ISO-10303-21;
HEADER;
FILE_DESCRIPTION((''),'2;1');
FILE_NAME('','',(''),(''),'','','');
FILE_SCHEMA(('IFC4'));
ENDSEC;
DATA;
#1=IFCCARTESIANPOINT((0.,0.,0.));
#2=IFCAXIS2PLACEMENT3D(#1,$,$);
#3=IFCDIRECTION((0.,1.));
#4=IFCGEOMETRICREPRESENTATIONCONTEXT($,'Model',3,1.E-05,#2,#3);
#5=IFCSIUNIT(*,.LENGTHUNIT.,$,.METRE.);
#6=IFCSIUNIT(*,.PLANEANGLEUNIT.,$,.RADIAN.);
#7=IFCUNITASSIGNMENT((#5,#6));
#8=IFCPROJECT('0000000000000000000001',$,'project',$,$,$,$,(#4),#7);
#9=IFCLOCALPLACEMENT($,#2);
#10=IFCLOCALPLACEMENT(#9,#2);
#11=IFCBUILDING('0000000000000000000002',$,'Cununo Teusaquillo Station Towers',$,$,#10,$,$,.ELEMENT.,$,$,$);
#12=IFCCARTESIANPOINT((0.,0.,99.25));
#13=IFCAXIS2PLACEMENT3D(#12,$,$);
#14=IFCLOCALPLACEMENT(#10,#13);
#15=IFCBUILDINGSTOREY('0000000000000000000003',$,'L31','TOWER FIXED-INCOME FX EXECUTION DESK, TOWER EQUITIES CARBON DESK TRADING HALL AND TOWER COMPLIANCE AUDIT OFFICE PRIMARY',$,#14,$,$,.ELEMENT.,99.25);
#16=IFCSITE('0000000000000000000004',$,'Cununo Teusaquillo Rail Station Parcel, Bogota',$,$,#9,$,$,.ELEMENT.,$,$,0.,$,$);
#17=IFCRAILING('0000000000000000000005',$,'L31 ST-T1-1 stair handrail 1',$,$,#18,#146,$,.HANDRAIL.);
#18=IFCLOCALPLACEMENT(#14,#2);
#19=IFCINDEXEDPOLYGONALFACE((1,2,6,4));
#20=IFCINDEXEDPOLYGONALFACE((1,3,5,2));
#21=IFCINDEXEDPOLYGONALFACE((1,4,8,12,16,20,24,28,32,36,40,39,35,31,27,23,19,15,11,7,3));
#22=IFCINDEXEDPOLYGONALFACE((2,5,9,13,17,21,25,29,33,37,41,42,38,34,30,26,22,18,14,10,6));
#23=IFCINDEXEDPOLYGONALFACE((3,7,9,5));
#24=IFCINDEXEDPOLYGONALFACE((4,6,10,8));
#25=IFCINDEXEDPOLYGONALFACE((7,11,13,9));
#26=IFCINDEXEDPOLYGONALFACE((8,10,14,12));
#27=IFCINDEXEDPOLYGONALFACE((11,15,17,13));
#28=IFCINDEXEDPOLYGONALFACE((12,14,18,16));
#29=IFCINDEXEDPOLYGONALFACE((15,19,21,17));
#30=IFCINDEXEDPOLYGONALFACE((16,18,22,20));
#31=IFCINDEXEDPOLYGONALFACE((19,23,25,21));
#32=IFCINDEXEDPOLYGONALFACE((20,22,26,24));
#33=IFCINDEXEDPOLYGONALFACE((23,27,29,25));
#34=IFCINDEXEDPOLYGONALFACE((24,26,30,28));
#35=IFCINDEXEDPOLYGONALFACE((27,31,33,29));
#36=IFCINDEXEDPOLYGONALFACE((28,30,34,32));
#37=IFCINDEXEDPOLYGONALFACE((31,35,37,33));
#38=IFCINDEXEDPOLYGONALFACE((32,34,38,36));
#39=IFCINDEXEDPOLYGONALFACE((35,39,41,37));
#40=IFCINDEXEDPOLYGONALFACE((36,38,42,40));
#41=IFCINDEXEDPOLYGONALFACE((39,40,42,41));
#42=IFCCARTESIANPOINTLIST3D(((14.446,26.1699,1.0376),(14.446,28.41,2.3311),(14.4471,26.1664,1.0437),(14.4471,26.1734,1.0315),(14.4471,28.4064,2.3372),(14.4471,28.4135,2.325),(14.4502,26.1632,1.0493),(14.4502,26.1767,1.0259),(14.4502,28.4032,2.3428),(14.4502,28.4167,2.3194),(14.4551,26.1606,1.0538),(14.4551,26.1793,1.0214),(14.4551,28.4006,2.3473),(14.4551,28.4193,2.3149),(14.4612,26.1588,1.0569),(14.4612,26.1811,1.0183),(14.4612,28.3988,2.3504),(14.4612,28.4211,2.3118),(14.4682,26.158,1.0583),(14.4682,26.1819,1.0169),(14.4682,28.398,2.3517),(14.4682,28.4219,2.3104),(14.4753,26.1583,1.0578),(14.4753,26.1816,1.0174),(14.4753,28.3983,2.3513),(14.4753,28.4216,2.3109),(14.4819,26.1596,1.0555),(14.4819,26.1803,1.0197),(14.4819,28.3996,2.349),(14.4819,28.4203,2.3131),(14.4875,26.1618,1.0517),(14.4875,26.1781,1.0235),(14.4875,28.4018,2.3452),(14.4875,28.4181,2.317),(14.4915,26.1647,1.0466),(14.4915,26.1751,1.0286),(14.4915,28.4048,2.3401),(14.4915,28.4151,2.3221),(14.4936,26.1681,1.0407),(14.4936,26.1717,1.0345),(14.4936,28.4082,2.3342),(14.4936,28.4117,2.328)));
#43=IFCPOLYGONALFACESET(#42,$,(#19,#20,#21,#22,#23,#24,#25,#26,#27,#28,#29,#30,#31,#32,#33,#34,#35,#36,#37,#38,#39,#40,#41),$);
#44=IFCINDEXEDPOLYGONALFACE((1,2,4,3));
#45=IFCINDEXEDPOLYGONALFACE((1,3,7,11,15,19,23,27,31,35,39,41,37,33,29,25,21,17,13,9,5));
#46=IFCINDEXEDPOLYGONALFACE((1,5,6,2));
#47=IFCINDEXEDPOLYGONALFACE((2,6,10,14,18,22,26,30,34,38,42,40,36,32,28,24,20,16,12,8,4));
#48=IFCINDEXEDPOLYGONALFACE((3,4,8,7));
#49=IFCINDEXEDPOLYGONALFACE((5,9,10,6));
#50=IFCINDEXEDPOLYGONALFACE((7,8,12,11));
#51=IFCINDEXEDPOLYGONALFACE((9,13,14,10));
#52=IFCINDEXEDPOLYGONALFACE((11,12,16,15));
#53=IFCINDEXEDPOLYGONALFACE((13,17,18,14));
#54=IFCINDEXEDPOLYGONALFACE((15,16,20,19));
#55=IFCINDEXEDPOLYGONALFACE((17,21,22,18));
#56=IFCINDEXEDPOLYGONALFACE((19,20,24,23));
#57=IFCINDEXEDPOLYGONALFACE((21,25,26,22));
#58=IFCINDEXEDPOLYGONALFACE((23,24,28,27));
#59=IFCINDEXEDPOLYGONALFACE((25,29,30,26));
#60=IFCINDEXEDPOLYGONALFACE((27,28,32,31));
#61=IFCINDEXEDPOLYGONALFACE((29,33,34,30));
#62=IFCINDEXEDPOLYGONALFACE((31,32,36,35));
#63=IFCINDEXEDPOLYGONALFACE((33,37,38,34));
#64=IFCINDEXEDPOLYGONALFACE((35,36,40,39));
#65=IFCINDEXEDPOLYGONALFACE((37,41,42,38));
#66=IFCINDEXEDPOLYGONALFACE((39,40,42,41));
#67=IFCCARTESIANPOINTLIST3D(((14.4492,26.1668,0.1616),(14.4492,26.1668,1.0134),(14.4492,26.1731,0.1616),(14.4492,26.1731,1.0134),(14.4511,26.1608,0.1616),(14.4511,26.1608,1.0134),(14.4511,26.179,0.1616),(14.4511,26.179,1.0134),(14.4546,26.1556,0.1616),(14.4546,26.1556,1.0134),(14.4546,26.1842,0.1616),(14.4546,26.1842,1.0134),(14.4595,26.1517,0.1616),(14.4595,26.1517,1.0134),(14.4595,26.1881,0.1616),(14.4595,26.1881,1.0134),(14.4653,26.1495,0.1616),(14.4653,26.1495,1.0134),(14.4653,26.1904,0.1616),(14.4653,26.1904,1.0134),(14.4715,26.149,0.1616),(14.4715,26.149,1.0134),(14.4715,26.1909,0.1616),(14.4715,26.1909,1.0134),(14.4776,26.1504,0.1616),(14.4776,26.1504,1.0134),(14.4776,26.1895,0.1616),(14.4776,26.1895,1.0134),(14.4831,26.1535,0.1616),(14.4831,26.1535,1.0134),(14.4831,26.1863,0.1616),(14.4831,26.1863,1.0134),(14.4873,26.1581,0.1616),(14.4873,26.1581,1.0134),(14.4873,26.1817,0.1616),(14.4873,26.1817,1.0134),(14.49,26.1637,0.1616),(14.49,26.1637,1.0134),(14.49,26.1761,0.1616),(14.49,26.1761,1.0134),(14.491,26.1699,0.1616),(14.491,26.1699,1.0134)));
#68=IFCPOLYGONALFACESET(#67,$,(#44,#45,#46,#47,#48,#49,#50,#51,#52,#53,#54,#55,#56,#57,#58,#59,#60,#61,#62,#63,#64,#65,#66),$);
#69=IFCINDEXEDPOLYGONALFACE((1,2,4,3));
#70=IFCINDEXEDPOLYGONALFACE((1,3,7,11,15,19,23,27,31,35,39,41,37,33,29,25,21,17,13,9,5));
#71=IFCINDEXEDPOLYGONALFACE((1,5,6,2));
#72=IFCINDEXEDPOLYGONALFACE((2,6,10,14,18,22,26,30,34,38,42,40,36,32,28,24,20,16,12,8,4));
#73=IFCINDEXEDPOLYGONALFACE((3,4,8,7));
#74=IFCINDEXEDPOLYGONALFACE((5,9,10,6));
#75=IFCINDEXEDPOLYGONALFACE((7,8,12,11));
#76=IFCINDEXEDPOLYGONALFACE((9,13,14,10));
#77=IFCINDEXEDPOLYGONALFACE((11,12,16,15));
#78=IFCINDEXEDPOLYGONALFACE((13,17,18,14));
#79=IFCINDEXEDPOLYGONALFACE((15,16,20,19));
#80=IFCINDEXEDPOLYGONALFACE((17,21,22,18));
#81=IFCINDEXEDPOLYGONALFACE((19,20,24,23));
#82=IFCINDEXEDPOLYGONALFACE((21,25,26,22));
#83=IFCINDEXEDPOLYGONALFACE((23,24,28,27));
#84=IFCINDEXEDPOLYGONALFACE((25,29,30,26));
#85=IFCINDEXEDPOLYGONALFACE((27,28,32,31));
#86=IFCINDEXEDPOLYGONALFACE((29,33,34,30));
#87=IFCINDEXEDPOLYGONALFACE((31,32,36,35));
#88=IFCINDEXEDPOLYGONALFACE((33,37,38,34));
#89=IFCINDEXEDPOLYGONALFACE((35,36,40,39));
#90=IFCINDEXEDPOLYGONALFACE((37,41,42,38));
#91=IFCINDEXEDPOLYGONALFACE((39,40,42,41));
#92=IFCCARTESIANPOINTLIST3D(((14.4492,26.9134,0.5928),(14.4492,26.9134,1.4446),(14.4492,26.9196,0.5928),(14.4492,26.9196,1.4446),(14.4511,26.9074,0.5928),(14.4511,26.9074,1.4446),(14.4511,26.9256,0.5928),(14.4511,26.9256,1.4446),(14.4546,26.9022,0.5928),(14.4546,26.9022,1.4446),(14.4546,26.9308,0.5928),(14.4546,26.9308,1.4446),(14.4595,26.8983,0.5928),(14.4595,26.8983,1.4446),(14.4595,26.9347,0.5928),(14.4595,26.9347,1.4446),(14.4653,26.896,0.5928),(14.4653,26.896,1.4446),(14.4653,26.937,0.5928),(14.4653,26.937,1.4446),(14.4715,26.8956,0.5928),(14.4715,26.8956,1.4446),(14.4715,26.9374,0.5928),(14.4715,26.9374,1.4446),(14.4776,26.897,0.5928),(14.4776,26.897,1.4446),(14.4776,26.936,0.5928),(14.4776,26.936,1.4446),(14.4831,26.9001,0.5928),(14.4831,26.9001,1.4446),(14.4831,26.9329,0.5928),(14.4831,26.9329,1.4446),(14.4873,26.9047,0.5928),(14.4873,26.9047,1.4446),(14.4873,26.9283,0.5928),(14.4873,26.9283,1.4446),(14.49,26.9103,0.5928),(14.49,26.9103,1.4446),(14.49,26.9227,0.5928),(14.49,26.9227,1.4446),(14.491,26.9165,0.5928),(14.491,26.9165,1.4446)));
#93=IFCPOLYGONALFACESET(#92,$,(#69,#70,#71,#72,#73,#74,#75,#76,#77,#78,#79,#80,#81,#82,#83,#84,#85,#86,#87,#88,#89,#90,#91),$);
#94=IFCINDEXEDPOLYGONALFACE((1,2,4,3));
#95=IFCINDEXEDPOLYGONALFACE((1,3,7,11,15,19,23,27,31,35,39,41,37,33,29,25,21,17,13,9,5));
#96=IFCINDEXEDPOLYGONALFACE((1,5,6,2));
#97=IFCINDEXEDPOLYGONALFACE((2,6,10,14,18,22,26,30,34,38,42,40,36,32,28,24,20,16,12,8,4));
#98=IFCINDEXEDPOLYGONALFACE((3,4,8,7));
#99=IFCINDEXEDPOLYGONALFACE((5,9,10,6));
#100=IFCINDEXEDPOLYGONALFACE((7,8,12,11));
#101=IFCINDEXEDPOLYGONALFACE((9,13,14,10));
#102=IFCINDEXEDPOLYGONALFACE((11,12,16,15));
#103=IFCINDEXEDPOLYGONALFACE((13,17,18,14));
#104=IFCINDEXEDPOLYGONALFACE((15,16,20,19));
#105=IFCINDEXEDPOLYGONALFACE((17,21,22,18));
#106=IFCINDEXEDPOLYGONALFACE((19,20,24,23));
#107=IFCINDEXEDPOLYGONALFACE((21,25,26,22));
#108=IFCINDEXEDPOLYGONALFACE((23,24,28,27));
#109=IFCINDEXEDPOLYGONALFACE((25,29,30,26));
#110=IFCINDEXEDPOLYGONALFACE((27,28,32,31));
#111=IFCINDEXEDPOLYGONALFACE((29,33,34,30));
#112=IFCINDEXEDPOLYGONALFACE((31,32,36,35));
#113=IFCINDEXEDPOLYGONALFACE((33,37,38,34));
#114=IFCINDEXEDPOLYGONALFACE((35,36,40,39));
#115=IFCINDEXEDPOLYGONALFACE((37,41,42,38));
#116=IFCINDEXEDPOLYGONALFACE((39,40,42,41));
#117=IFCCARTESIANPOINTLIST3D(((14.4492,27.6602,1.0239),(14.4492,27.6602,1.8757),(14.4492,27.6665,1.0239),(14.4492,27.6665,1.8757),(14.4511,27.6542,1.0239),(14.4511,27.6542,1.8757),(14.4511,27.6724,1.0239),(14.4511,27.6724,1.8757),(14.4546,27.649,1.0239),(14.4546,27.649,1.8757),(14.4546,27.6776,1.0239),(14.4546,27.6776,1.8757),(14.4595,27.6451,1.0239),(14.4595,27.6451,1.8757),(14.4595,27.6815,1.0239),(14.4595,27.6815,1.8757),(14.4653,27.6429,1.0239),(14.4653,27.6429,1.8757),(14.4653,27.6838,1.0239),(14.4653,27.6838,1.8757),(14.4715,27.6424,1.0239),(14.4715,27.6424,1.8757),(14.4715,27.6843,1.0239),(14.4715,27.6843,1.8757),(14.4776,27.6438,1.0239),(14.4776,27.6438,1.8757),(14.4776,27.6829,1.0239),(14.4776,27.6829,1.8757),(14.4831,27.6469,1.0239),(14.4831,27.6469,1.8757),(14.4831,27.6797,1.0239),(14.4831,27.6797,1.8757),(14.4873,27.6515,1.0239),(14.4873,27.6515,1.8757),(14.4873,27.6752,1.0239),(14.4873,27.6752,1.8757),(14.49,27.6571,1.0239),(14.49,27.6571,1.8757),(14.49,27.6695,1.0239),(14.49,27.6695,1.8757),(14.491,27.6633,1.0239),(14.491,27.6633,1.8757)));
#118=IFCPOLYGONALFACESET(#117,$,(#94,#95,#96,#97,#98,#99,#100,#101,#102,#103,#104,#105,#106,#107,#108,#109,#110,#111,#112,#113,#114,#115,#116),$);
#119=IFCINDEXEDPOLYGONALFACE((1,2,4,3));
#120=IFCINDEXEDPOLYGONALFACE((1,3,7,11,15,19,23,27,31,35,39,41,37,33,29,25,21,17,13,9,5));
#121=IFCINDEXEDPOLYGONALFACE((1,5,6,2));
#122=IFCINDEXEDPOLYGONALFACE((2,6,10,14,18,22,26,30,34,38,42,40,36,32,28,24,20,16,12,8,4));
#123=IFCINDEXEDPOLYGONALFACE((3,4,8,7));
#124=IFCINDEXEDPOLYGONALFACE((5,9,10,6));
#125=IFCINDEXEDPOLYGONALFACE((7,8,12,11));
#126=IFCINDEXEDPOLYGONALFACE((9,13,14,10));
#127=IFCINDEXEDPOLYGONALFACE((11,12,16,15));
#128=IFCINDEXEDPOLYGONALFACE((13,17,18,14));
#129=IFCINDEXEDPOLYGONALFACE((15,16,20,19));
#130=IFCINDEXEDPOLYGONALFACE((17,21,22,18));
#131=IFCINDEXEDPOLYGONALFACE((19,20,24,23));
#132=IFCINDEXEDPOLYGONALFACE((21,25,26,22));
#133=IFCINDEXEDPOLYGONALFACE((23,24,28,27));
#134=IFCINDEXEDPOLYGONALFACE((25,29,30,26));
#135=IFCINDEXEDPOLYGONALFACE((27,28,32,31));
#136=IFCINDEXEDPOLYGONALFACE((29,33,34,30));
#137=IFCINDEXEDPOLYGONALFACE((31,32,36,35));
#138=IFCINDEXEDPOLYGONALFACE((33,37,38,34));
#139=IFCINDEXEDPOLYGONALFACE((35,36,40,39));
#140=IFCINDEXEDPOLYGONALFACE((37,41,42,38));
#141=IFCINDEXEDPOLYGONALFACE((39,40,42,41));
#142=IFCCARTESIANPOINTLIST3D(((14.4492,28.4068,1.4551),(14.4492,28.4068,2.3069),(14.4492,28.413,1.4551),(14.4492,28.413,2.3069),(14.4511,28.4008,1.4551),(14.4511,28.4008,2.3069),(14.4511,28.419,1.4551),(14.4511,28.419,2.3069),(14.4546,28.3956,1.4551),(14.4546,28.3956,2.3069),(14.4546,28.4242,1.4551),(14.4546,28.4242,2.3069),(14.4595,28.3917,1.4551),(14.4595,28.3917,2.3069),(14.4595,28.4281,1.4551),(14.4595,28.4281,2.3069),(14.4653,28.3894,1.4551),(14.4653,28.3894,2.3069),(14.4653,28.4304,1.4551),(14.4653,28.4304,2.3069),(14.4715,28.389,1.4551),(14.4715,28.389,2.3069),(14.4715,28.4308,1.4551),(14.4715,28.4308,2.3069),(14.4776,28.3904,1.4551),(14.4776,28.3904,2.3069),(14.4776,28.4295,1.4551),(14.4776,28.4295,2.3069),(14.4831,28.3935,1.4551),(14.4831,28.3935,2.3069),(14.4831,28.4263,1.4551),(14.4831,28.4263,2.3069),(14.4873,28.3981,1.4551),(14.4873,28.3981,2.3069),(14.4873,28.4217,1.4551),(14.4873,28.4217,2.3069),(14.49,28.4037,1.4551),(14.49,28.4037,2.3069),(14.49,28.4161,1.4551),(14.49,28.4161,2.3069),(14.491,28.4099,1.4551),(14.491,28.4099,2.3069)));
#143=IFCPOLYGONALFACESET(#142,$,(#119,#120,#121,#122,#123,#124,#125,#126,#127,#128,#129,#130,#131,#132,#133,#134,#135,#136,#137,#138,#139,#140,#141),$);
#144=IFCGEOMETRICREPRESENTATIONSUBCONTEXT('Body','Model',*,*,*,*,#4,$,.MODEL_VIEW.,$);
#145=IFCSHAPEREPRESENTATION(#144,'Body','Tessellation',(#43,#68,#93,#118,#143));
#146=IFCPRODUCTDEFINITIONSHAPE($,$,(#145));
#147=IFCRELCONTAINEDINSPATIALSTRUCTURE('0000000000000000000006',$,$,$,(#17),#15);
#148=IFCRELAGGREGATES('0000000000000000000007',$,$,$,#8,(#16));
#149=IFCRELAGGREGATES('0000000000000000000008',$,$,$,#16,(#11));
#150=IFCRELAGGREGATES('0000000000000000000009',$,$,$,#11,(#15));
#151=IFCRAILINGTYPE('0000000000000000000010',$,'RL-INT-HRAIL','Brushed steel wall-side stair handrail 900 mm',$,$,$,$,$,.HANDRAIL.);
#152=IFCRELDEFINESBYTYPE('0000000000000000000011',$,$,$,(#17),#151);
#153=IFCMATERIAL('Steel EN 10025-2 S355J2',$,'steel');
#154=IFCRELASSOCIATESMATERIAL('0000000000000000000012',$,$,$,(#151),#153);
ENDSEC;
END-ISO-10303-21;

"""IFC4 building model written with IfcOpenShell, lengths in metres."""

from ifc_helpers import new_model, si_unit, direction, frame, origin, origin_2d, place, context, subcontext, project, spatial, circle, extrude, material, type_object, element, save


model = new_model("IFC4")

# Units and contexts
model_context = context("Model", 3, precision=1e-05, world=origin(), true_north=direction((0.0, 1.0)))
body_context = subcontext(model_context, "Body", "Model", "MODEL_VIEW")
ifc_project = project(units=[si_unit("LENGTHUNIT", "METRE"), si_unit("PLANEANGLEUNIT", "RADIAN")], contexts=[model_context])

# Site, building, storey
site_placement = place(None, origin())
site = spatial("IfcSite", under=ifc_project, at=site_placement, Name="Cununo Teusaquillo Rail Station Parcel, Bogota", CompositionType="ELEMENT", RefElevation=0.0)
building_placement = place(site_placement, origin())
building = spatial("IfcBuilding", under=site, at=building_placement, Name="Cununo Teusaquillo Station Towers", CompositionType="ELEMENT")
storey_placement = place(building_placement, frame((0.0, 0.0, 99.25)))
storey = spatial("IfcBuildingStorey", under=building, at=storey_placement, Name="L31", Description="TOWER FIXED-INCOME FX EXECUTION DESK, TOWER EQUITIES CARBON DESK TRADING HALL AND TOWER COMPLIANCE AUDIT OFFICE PRIMARY", CompositionType="ELEMENT", Elevation=99.25)

# Railing
ifc_material_1 = material(Name="Steel EN 10025-2 S355J2", Category="steel")
railing_type_1 = type_object("IfcRailingType", Name="RL-INT-HRAIL", Description="Brushed steel wall-side stair handrail 900 mm", PredefinedType="HANDRAIL", material=ifc_material_1)
railing_1_placement = place(storey_placement, frame((14.47, 26.1699, 0.1616)))
element("IfcRailing", 1, at=railing_1_placement, inside=storey, type_object=railing_type_1, Name="L31 ST-T1-1 stair handrail 1", PredefinedType="HANDRAIL", context=body_context, shape_type="SweptSolid", body=[
    extrude(circle(Radius=0.0239, at=origin_2d()), frame((0.0, 0.0, 0.876), z_axis=(0.0, 0.865992, 0.500057), x_axis=(-1.0, 0.0, 0.0)), (0.0, 0.0, 1.0), 2.5867),
    extrude(circle(Radius=0.021, at=origin_2d()), origin(), (0.0, 0.0, 1.0), 0.8518),
    extrude(circle(Radius=0.021, at=origin_2d()), frame((0.0, 0.7466, 0.4312)), (0.0, 0.0, 1.0), 0.8518),
    extrude(circle(Radius=0.021, at=origin_2d()), frame((0.0, 1.4934, 0.8623)), (0.0, 0.0, 1.0), 0.8518),
    extrude(circle(Radius=0.021, at=origin_2d()), frame((0.0, 2.24, 1.2935)), (0.0, 0.0, 1.0), 0.8518),
])

save(model, "model.ifc")
